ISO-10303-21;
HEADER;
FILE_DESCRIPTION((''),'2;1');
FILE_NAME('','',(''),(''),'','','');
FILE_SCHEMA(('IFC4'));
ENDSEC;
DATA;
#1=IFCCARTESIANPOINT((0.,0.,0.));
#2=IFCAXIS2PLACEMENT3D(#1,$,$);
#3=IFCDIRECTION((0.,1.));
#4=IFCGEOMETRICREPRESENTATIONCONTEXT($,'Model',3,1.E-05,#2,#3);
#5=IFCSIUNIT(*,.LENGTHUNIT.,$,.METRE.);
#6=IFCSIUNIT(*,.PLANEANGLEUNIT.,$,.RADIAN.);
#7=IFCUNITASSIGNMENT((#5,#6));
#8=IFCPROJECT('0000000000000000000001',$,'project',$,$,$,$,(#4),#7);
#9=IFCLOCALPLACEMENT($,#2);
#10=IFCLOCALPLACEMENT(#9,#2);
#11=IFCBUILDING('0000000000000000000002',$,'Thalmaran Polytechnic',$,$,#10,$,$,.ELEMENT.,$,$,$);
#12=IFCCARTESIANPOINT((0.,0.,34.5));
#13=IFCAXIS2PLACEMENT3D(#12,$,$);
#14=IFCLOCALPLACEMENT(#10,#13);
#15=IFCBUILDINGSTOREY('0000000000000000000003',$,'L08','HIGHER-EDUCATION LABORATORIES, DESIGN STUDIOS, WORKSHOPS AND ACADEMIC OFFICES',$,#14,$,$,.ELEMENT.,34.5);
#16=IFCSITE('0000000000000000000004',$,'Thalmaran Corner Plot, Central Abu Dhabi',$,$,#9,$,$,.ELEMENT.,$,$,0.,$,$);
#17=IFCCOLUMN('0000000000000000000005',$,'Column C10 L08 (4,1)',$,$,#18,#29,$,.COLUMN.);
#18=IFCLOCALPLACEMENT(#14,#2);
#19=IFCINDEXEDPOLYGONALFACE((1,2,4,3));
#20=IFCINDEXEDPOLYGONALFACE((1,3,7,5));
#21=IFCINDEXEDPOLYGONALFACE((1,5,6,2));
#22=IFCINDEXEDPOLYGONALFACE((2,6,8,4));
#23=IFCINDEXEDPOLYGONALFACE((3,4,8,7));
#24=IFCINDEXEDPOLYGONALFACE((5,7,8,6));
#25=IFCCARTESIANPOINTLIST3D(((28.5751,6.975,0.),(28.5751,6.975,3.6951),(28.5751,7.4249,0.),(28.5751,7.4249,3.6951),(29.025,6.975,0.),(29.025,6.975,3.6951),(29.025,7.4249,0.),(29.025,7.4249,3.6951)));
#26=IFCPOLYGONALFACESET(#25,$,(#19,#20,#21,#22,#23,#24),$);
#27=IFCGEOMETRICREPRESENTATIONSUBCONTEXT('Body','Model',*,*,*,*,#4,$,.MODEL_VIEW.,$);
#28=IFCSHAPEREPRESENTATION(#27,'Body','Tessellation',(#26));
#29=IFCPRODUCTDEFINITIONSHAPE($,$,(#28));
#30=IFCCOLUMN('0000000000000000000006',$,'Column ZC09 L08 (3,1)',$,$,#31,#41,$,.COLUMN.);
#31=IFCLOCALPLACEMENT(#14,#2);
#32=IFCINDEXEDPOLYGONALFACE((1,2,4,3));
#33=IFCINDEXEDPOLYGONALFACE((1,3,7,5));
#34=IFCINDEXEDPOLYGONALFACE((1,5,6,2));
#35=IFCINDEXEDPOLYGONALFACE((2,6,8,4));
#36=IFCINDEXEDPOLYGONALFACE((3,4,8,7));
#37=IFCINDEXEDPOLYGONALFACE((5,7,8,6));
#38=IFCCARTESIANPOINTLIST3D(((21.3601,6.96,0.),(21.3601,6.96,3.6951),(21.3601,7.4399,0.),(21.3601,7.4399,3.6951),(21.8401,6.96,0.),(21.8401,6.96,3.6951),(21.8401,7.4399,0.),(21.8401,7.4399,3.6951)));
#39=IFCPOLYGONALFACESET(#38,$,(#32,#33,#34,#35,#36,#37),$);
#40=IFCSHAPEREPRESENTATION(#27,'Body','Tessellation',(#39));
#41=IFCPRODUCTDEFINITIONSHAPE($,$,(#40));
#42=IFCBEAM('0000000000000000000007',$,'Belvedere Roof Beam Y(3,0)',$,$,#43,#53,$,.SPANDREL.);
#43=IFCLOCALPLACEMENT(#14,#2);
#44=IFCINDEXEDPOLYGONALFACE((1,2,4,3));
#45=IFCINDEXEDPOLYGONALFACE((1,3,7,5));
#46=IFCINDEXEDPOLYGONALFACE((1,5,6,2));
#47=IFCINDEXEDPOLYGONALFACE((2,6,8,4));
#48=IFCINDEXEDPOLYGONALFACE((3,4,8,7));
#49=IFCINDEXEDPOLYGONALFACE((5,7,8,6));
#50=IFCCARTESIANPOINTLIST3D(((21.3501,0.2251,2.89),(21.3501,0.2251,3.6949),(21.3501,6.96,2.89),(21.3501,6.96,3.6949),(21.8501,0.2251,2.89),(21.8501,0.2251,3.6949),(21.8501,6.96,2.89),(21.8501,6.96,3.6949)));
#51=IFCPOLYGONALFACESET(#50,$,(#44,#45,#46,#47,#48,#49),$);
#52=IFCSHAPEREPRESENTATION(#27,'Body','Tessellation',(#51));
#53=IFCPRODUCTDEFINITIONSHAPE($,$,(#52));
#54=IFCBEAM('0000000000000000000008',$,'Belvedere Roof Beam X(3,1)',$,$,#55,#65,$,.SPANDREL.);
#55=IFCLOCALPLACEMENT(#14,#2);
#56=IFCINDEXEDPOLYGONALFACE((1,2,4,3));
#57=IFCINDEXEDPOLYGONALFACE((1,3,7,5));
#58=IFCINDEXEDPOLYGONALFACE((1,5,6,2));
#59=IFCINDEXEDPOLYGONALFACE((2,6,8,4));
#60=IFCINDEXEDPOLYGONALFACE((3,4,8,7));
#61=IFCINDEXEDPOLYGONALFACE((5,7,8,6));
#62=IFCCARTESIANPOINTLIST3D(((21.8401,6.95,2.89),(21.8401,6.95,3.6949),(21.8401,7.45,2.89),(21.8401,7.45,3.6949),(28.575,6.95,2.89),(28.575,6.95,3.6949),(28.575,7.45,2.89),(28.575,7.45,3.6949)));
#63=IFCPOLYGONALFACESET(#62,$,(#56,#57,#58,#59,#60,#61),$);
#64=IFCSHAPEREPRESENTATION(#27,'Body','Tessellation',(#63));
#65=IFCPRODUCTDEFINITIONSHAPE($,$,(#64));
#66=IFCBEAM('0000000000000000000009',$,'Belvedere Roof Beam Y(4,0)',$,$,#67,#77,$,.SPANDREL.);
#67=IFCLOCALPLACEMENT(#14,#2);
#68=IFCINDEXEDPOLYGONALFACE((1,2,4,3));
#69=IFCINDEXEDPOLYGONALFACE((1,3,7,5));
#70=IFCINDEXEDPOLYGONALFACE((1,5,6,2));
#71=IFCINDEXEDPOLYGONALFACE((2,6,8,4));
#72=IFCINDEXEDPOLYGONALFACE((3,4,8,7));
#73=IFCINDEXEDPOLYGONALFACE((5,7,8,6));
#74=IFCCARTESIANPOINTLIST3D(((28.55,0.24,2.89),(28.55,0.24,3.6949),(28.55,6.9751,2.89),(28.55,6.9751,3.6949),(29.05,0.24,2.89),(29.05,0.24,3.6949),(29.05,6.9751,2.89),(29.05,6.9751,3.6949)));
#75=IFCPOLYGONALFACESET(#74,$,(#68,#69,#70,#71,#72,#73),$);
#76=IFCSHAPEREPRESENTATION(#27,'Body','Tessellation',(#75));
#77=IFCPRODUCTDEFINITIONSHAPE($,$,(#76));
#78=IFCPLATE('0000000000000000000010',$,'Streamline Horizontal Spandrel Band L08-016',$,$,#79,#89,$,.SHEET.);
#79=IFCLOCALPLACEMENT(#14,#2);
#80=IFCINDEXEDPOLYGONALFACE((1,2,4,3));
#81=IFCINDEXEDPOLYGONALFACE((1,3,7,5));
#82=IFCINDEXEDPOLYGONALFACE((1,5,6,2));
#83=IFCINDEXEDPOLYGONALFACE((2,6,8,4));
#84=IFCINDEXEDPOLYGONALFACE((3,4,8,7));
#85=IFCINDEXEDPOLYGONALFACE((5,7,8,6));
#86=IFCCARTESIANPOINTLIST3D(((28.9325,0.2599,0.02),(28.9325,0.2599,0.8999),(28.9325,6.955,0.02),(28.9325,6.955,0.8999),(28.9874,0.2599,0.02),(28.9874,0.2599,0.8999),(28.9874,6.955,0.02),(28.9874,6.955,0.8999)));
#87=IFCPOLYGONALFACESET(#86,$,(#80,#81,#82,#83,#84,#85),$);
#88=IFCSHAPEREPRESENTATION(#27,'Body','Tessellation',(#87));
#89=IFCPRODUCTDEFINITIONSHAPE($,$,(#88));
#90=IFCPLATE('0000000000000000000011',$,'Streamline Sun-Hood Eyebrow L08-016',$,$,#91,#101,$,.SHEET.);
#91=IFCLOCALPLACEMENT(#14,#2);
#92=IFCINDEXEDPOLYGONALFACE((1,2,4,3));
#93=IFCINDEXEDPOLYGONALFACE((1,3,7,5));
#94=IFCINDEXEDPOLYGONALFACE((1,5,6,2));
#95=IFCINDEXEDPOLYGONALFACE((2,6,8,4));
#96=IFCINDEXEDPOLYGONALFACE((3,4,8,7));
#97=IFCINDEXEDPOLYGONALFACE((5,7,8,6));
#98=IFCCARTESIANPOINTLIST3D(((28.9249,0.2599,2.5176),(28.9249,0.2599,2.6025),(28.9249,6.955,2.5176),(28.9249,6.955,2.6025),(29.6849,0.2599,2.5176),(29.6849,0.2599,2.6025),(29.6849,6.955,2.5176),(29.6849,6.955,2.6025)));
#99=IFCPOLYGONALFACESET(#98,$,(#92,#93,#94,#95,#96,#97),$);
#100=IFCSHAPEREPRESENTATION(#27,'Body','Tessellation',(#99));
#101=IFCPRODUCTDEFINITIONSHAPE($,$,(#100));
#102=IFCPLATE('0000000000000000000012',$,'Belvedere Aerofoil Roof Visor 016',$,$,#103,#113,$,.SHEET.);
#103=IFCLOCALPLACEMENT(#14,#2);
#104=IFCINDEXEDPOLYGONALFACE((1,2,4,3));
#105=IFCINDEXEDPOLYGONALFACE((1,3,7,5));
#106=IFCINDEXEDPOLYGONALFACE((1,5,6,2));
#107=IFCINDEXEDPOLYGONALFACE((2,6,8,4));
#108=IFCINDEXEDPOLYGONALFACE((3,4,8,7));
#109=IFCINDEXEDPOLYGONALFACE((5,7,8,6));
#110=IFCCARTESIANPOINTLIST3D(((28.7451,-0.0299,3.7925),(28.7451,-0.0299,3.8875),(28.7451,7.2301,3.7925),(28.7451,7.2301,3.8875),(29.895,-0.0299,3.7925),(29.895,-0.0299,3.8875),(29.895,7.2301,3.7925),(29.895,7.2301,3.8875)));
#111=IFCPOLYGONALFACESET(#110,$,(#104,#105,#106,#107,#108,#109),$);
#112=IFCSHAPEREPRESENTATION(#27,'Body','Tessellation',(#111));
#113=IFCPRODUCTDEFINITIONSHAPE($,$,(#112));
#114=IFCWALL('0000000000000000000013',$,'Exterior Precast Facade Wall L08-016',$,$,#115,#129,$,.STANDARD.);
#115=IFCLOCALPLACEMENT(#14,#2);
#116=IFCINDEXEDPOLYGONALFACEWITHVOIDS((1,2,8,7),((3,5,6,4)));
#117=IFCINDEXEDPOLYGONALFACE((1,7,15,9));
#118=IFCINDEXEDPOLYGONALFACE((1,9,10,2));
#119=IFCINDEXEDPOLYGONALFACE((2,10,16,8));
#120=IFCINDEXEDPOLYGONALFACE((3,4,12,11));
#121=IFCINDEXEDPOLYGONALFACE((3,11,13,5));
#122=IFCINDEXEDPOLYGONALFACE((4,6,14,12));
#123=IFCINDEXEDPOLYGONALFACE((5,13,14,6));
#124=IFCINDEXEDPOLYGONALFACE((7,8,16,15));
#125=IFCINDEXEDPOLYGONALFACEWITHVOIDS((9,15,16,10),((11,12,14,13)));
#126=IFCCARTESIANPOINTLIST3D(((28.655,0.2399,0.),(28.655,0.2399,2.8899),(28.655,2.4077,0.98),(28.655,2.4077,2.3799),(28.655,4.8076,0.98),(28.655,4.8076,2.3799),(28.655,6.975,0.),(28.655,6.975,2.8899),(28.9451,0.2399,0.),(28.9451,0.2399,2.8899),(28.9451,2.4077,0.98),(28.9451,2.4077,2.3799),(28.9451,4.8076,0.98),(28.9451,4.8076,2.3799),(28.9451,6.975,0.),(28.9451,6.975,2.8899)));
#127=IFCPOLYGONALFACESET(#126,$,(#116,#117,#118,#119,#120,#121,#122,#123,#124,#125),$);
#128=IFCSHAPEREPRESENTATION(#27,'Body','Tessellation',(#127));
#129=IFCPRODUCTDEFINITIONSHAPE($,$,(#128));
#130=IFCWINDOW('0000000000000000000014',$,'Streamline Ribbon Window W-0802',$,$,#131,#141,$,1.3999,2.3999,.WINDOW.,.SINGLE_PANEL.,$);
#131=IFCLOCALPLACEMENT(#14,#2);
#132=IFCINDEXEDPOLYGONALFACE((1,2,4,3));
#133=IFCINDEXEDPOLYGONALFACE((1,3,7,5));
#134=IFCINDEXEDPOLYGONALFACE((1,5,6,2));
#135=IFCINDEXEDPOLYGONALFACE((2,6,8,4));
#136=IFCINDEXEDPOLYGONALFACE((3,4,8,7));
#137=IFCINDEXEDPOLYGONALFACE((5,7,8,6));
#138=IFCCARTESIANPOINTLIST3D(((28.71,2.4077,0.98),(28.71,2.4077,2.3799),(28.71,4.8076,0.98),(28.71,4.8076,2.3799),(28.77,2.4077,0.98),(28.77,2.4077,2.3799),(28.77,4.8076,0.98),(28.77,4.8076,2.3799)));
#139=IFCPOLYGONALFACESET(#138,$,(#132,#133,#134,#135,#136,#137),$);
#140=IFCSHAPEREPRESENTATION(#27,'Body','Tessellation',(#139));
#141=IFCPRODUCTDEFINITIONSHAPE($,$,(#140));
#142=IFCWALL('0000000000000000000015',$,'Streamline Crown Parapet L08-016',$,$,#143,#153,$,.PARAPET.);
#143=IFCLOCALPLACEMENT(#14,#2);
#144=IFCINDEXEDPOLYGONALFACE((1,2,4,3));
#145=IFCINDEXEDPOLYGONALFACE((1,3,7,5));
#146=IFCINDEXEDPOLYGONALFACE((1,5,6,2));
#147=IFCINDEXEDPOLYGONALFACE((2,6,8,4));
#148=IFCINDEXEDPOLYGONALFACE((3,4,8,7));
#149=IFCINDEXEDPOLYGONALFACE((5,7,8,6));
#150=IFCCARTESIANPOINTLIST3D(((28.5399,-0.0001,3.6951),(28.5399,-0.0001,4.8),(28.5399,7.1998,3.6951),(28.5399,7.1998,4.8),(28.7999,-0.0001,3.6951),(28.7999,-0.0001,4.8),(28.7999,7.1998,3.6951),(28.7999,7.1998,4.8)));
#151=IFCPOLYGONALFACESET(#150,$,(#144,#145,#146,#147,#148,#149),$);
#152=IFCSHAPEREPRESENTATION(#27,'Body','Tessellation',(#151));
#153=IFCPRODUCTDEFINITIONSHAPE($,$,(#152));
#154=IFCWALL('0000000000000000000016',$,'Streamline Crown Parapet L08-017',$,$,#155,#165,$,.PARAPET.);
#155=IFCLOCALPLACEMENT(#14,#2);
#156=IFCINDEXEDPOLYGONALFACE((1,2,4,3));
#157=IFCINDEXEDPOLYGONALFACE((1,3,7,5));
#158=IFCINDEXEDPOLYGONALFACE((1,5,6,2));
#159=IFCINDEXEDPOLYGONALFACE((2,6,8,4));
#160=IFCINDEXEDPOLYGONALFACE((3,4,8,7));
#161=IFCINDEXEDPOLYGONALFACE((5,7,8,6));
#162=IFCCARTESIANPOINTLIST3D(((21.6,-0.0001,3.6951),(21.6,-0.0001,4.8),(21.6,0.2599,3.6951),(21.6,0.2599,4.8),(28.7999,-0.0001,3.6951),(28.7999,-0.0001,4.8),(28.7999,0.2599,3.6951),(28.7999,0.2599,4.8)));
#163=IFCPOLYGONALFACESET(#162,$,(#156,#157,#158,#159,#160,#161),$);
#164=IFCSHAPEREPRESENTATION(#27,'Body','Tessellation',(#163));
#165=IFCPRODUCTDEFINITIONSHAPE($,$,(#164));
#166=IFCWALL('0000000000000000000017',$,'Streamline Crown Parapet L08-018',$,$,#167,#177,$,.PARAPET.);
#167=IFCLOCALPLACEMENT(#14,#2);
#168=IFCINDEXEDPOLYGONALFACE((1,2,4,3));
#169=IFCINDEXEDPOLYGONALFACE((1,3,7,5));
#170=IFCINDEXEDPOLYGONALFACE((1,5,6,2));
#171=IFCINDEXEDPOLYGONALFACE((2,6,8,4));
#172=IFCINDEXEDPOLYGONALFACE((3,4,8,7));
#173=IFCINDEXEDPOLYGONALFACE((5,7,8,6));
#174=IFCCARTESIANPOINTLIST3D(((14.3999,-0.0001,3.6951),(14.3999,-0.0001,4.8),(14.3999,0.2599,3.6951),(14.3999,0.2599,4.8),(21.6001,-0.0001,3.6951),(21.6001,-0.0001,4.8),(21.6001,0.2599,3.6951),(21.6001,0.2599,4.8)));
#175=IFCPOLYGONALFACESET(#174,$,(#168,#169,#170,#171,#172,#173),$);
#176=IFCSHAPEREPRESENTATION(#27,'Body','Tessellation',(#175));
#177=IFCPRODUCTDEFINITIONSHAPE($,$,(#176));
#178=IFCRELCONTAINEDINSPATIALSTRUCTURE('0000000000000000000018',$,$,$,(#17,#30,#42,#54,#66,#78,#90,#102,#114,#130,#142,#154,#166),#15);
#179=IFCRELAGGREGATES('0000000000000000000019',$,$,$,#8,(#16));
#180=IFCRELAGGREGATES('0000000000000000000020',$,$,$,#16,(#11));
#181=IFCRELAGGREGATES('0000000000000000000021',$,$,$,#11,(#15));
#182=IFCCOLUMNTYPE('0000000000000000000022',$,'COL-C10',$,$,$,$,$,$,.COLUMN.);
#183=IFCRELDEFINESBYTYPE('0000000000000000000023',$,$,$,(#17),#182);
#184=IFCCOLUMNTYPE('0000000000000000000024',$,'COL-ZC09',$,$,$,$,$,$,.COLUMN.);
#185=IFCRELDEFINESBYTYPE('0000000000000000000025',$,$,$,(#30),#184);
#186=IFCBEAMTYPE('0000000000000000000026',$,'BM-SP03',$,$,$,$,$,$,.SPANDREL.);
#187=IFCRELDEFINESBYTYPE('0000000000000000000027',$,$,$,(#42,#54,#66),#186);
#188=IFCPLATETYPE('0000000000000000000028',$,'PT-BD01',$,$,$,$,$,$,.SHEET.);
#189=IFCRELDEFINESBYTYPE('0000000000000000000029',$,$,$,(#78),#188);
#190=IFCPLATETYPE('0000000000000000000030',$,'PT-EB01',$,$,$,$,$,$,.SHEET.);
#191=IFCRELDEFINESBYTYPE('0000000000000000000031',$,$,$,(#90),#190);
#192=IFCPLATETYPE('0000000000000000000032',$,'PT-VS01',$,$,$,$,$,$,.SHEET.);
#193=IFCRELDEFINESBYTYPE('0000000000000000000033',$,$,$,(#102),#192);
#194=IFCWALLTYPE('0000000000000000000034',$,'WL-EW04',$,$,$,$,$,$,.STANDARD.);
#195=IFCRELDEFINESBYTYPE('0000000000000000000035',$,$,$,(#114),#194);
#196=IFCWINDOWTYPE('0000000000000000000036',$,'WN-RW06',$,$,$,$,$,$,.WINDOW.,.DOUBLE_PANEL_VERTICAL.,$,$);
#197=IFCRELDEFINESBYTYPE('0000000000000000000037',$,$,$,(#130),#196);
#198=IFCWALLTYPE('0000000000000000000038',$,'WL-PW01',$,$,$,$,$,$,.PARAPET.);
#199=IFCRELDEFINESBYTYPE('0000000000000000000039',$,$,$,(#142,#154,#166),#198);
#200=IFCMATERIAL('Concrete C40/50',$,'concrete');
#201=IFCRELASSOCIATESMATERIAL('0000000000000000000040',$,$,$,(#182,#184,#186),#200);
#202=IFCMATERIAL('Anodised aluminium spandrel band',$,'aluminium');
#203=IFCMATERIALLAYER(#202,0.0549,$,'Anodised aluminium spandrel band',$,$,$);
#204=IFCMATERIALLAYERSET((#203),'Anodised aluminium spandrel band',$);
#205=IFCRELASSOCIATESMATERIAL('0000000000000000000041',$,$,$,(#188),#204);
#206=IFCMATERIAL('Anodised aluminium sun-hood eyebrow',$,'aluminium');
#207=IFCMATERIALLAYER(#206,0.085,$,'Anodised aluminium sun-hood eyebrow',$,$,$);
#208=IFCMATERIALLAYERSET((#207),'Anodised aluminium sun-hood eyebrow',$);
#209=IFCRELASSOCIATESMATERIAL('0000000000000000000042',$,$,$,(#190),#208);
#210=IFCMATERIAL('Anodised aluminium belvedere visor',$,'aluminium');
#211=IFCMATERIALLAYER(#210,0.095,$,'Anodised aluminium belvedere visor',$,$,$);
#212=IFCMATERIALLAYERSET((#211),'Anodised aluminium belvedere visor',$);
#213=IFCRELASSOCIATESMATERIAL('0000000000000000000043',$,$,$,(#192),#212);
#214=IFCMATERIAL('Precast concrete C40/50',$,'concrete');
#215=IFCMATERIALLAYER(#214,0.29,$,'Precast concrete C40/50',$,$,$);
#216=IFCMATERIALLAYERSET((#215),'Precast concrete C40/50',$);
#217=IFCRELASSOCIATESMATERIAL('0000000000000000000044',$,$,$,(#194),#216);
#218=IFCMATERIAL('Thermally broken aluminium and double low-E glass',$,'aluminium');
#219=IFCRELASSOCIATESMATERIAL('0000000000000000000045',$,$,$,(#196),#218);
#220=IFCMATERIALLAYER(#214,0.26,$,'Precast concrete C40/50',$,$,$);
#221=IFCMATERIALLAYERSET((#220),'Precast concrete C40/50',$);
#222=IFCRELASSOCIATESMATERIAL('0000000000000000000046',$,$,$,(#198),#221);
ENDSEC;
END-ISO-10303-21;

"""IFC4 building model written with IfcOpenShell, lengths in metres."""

from ifc_helpers import new_model, si_unit, direction, frame, frame_2d, origin, origin_2d, place, context, subcontext, project, spatial, rectangle, extrude, material, layer, layer_set, material_profile, profile_set, type_object, element, fill, save


model = new_model("IFC4")

# Units and contexts
model_context = context("Model", 3, precision=1e-05, world=origin(), true_north=direction((0.0, 1.0)))
body_context = subcontext(model_context, "Body", "Model", "MODEL_VIEW")
ifc_project = project(units=[si_unit("LENGTHUNIT", "METRE"), si_unit("PLANEANGLEUNIT", "RADIAN")], contexts=[model_context])

# Site, building, storey
site_placement = place(None, origin())
site = spatial("IfcSite", under=ifc_project, at=site_placement, Name="Thalmaran Corner Plot, Central Abu Dhabi", CompositionType="ELEMENT", RefElevation=0.0)
building_placement = place(site_placement, origin())
building = spatial("IfcBuilding", under=site, at=building_placement, Name="Thalmaran Polytechnic", CompositionType="ELEMENT")
storey_placement = place(building_placement, frame((0.0, 0.0, 34.5)))
storey = spatial("IfcBuildingStorey", under=building, at=storey_placement, Name="L08", Description="HIGHER-EDUCATION LABORATORIES, DESIGN STUDIOS, WORKSHOPS AND ACADEMIC OFFICES", CompositionType="ELEMENT", Elevation=34.5)

# Columns
ifc_material_1 = material(Name="Concrete C40/50", Category="concrete")
ifc_material_profile_1 = material_profile(ifc_material_1, rectangle(XDim=0.45, YDim=0.45, at=origin_2d()), Name="RC 450x450")
ifc_profile_set_1 = profile_set([ifc_material_profile_1], Name="Concrete C40/50")
column_type_1 = type_object("IfcColumnType", Name="COL-C10", PredefinedType="COLUMN", material=ifc_profile_set_1)
column_1_placement = place(storey_placement, frame((28.8, 7.2, 0.0), z_axis=(0.0, 0.0, 1.0), x_axis=(1.0, 0.0, 0.0)))
element("IfcColumn", 1, at=column_1_placement, inside=storey, type_object=column_type_1, Name="Column C10 L08 (4,1)", PredefinedType="COLUMN", context=body_context, shape_type="SweptSolid", body=[
    extrude(rectangle(XDim=0.45, YDim=0.45, at=origin_2d()), origin(), (0.0, 0.0, 1.0), 3.6951),
])
ifc_material_profile_2 = material_profile(ifc_material_1, rectangle(XDim=0.48, YDim=0.48, at=origin_2d()), Name="RC 480x480")
ifc_profile_set_2 = profile_set([ifc_material_profile_2], Name="Concrete C40/50")
column_type_2 = type_object("IfcColumnType", Name="COL-ZC09", PredefinedType="COLUMN", material=ifc_profile_set_2)
column_2_placement = place(storey_placement, frame((21.6001, 7.2, 0.0), z_axis=(0.0, 0.0, 1.0), x_axis=(1.0, 0.0, 0.0)))
element("IfcColumn", 2, at=column_2_placement, inside=storey, type_object=column_type_2, Name="Column ZC09 L08 (3,1)", PredefinedType="COLUMN", context=body_context, shape_type="SweptSolid", body=[
    extrude(rectangle(XDim=0.48, YDim=0.48, at=origin_2d()), origin(), (0.0, 0.0, 1.0), 3.6951),
])

# Beams
ifc_material_profile_3 = material_profile(ifc_material_1, rectangle(XDim=0.5, YDim=0.8049, at=origin_2d()), Name="RC 500x805")
ifc_profile_set_3 = profile_set([ifc_material_profile_3], Name="Concrete C40/50")
beam_type = type_object("IfcBeamType", Name="BM-SP03", PredefinedType="SPANDREL", material=ifc_profile_set_3)
for number, where, z_axis, x_axis, name in (
    (3, (21.6001, 0.2251, 3.2925), (0.0, 1.0, 0.0), (-1.0, 0.0, 0.0), "Belvedere Roof Beam Y(3,0)"),
    (4, (21.8401, 7.2, 3.2925), (1.0, 0.0, 0.0), (0.0, 1.0, 0.0), "Belvedere Roof Beam X(3,1)"),
):
    element("IfcBeam", number, at=place(storey_placement, frame(where, z_axis=z_axis, x_axis=x_axis)), inside=storey, type_object=beam_type, Name=name, PredefinedType="SPANDREL", context=body_context, shape_type="SweptSolid", body=[
        extrude(rectangle(XDim=0.5, YDim=0.8049, at=origin_2d()), origin(), (0.0, 0.0, 1.0), 6.7349),
    ])
beam_placement = place(storey_placement, frame((28.8, 0.24, 3.2925), z_axis=(0.0, 1.0, 0.0), x_axis=(-1.0, 0.0, 0.0)))
element("IfcBeam", 5, at=beam_placement, inside=storey, type_object=beam_type, Name="Belvedere Roof Beam Y(4,0)", PredefinedType="SPANDREL", context=body_context, shape_type="SweptSolid", body=[
    extrude(rectangle(XDim=0.5, YDim=0.8049, at=origin_2d()), origin(), (0.0, 0.0, 1.0), 6.7351),
])

# Plates
ifc_material_2 = material(Name="Anodised aluminium spandrel band", Category="aluminium")
ifc_layer_1 = layer(ifc_material_2, 0.0549, Name="Anodised aluminium spandrel band")
ifc_layer_set_1 = layer_set([ifc_layer_1], Name="Anodised aluminium spandrel band")
plate_type_1 = type_object("IfcPlateType", Name="PT-BD01", PredefinedType="SHEET", material=ifc_layer_set_1)
plate_1_placement = place(storey_placement, frame((28.96, 3.6074, 0.02), z_axis=(0.0, 0.0, 1.0), x_axis=(0.0, -1.0, 0.0)))
element("IfcPlate", 6, at=plate_1_placement, inside=storey, type_object=plate_type_1, Name="Streamline Horizontal Spandrel Band L08-016", PredefinedType="SHEET", context=body_context, shape_type="SweptSolid", body=[
    extrude(rectangle(XDim=6.6951, YDim=0.0549, at=origin_2d()), origin(), (0.0, 0.0, 1.0), 0.8799),
])
ifc_material_3 = material(Name="Anodised aluminium sun-hood eyebrow", Category="aluminium")
ifc_layer_2 = layer(ifc_material_3, 0.085, Name="Anodised aluminium sun-hood eyebrow")
ifc_layer_set_2 = layer_set([ifc_layer_2], Name="Anodised aluminium sun-hood eyebrow")
plate_type_2 = type_object("IfcPlateType", Name="PT-EB01", PredefinedType="SHEET", material=ifc_layer_set_2)
plate_2_placement = place(storey_placement, frame((29.3049, 3.6074, 2.5176), z_axis=(0.0, 0.0, 1.0), x_axis=(0.0, -1.0, 0.0)))
element("IfcPlate", 7, at=plate_2_placement, inside=storey, type_object=plate_type_2, Name="Streamline Sun-Hood Eyebrow L08-016", PredefinedType="SHEET", context=body_context, shape_type="SweptSolid", body=[
    extrude(rectangle(XDim=6.6951, YDim=0.76, at=origin_2d()), origin(), (0.0, 0.0, 1.0), 0.085),
])
ifc_material_4 = material(Name="Anodised aluminium belvedere visor", Category="aluminium")
ifc_layer_3 = layer(ifc_material_4, 0.095, Name="Anodised aluminium belvedere visor")
ifc_layer_set_3 = layer_set([ifc_layer_3], Name="Anodised aluminium belvedere visor")
plate_type_3 = type_object("IfcPlateType", Name="PT-VS01", PredefinedType="SHEET", material=ifc_layer_set_3)
plate_3_placement = place(storey_placement, frame((29.3201, 3.6001, 3.7925), z_axis=(0.0, 0.0, 1.0), x_axis=(0.0, -1.0, 0.0)))
element("IfcPlate", 8, at=plate_3_placement, inside=storey, type_object=plate_type_3, Name="Belvedere Aerofoil Roof Visor 016", PredefinedType="SHEET", context=body_context, shape_type="SweptSolid", body=[
    extrude(rectangle(XDim=7.26, YDim=1.1499, at=origin_2d()), origin(), (0.0, 0.0, 1.0), 0.095),
])

# Wall, opening, window
ifc_material_5 = material(Name="Precast concrete C40/50", Category="concrete")
ifc_layer_4 = layer(ifc_material_5, 0.29, Name="Precast concrete C40/50")
ifc_layer_set_4 = layer_set([ifc_layer_4], Name="Precast concrete C40/50")
wall_type_1 = type_object("IfcWallType", Name="WL-EW04", PredefinedType="STANDARD", material=ifc_layer_set_4)
wall_1_placement = place(storey_placement, frame((28.8, 6.9751, 0.0), z_axis=(0.0, 0.0, 1.0), x_axis=(0.0, -1.0, 0.0)))
wall_1 = element("IfcWall", 9, at=wall_1_placement, inside=storey, type_object=wall_type_1, Name="Exterior Precast Facade Wall L08-016", PredefinedType="STANDARD", context=body_context, shape_type="SweptSolid", body=[
    extrude(rectangle(XDim=6.7351, YDim=0.29, at=frame_2d((3.3677, 0.0))), origin(), (0.0, 0.0, 1.0), 2.8899),
])
opening_1_placement = place(wall_1_placement, frame((2.1675, 0.0, 0.98)))
opening_1 = element("IfcOpeningElement", 10, at=opening_1_placement, cuts=wall_1, PredefinedType="OPENING", context=body_context, shape_type="SweptSolid", body=[
    extrude(rectangle(XDim=2.3999, YDim=1.3999, at=frame_2d((1.2, 0.7))), frame((0.0, 0.155, 0.0), z_axis=(0.0, -1.0, 0.0), x_axis=(1.0, 0.0, 0.0)), (0.0, 0.0, 1.0), 0.3101),
])
ifc_material_6 = material(Name="Thermally broken aluminium and double low-E glass", Category="aluminium")
window_type = type_object("IfcWindowType", Name="WN-RW06", PartitioningType="DOUBLE_PANEL_VERTICAL", PredefinedType="WINDOW", material=ifc_material_6)
window_placement = place(opening_1_placement, origin())
window = element("IfcWindow", 11, at=window_placement, inside=storey, type_object=window_type, Name="Streamline Ribbon Window W-0802", OverallHeight=1.3999, OverallWidth=2.3999, PartitioningType="SINGLE_PANEL", PredefinedType="WINDOW", context=body_context, shape_type="SweptSolid", body=[
    extrude(rectangle(XDim=2.3999, YDim=1.3999, at=frame_2d((1.2, 0.7))), frame((0.0, -0.03, 0.0), z_axis=(0.0, -1.0, 0.0), x_axis=(1.0, 0.0, 0.0)), (0.0, 0.0, 1.0), 0.0601),
])
fill(opening_1, window)

# Walls
ifc_layer_5 = layer(ifc_material_5, 0.26, Name="Precast concrete C40/50")
ifc_layer_set_5 = layer_set([ifc_layer_5], Name="Precast concrete C40/50")
wall_type_2 = type_object("IfcWallType", Name="WL-PW01", PredefinedType="PARAPET", material=ifc_layer_set_5)
for number, where, z_axis, x_axis, name in (
    (12, (28.6699, 7.2, 3.6951), (0.0, 0.0, 1.0), (0.0, -1.0, 0.0), "Streamline Crown Parapet L08-016"),
    (13, (28.8, 0.1299, 3.6951), (0.0, 0.0, 1.0), (-1.0, 0.0, 0.0), "Streamline Crown Parapet L08-017"),
):
    element("IfcWall", number, at=place(storey_placement, frame(where, z_axis=z_axis, x_axis=x_axis)), inside=storey, type_object=wall_type_2, Name=name, PredefinedType="PARAPET", context=body_context, shape_type="SweptSolid", body=[
        extrude(rectangle(XDim=7.2, YDim=0.26, at=frame_2d((3.6001, 0.0))), origin(), (0.0, 0.0, 1.0), 1.105),
    ])
wall_2_placement = place(storey_placement, frame((21.6001, 0.1299, 3.6951), z_axis=(0.0, 0.0, 1.0), x_axis=(-1.0, 0.0, 0.0)))
element("IfcWall", 14, at=wall_2_placement, inside=storey, type_object=wall_type_2, Name="Streamline Crown Parapet L08-018", PredefinedType="PARAPET", context=body_context, shape_type="SweptSolid", body=[
    extrude(rectangle(XDim=7.2002, YDim=0.26, at=frame_2d((3.6001, 0.0))), origin(), (0.0, 0.0, 1.0), 1.105),
])

save(model, "model.ifc")
